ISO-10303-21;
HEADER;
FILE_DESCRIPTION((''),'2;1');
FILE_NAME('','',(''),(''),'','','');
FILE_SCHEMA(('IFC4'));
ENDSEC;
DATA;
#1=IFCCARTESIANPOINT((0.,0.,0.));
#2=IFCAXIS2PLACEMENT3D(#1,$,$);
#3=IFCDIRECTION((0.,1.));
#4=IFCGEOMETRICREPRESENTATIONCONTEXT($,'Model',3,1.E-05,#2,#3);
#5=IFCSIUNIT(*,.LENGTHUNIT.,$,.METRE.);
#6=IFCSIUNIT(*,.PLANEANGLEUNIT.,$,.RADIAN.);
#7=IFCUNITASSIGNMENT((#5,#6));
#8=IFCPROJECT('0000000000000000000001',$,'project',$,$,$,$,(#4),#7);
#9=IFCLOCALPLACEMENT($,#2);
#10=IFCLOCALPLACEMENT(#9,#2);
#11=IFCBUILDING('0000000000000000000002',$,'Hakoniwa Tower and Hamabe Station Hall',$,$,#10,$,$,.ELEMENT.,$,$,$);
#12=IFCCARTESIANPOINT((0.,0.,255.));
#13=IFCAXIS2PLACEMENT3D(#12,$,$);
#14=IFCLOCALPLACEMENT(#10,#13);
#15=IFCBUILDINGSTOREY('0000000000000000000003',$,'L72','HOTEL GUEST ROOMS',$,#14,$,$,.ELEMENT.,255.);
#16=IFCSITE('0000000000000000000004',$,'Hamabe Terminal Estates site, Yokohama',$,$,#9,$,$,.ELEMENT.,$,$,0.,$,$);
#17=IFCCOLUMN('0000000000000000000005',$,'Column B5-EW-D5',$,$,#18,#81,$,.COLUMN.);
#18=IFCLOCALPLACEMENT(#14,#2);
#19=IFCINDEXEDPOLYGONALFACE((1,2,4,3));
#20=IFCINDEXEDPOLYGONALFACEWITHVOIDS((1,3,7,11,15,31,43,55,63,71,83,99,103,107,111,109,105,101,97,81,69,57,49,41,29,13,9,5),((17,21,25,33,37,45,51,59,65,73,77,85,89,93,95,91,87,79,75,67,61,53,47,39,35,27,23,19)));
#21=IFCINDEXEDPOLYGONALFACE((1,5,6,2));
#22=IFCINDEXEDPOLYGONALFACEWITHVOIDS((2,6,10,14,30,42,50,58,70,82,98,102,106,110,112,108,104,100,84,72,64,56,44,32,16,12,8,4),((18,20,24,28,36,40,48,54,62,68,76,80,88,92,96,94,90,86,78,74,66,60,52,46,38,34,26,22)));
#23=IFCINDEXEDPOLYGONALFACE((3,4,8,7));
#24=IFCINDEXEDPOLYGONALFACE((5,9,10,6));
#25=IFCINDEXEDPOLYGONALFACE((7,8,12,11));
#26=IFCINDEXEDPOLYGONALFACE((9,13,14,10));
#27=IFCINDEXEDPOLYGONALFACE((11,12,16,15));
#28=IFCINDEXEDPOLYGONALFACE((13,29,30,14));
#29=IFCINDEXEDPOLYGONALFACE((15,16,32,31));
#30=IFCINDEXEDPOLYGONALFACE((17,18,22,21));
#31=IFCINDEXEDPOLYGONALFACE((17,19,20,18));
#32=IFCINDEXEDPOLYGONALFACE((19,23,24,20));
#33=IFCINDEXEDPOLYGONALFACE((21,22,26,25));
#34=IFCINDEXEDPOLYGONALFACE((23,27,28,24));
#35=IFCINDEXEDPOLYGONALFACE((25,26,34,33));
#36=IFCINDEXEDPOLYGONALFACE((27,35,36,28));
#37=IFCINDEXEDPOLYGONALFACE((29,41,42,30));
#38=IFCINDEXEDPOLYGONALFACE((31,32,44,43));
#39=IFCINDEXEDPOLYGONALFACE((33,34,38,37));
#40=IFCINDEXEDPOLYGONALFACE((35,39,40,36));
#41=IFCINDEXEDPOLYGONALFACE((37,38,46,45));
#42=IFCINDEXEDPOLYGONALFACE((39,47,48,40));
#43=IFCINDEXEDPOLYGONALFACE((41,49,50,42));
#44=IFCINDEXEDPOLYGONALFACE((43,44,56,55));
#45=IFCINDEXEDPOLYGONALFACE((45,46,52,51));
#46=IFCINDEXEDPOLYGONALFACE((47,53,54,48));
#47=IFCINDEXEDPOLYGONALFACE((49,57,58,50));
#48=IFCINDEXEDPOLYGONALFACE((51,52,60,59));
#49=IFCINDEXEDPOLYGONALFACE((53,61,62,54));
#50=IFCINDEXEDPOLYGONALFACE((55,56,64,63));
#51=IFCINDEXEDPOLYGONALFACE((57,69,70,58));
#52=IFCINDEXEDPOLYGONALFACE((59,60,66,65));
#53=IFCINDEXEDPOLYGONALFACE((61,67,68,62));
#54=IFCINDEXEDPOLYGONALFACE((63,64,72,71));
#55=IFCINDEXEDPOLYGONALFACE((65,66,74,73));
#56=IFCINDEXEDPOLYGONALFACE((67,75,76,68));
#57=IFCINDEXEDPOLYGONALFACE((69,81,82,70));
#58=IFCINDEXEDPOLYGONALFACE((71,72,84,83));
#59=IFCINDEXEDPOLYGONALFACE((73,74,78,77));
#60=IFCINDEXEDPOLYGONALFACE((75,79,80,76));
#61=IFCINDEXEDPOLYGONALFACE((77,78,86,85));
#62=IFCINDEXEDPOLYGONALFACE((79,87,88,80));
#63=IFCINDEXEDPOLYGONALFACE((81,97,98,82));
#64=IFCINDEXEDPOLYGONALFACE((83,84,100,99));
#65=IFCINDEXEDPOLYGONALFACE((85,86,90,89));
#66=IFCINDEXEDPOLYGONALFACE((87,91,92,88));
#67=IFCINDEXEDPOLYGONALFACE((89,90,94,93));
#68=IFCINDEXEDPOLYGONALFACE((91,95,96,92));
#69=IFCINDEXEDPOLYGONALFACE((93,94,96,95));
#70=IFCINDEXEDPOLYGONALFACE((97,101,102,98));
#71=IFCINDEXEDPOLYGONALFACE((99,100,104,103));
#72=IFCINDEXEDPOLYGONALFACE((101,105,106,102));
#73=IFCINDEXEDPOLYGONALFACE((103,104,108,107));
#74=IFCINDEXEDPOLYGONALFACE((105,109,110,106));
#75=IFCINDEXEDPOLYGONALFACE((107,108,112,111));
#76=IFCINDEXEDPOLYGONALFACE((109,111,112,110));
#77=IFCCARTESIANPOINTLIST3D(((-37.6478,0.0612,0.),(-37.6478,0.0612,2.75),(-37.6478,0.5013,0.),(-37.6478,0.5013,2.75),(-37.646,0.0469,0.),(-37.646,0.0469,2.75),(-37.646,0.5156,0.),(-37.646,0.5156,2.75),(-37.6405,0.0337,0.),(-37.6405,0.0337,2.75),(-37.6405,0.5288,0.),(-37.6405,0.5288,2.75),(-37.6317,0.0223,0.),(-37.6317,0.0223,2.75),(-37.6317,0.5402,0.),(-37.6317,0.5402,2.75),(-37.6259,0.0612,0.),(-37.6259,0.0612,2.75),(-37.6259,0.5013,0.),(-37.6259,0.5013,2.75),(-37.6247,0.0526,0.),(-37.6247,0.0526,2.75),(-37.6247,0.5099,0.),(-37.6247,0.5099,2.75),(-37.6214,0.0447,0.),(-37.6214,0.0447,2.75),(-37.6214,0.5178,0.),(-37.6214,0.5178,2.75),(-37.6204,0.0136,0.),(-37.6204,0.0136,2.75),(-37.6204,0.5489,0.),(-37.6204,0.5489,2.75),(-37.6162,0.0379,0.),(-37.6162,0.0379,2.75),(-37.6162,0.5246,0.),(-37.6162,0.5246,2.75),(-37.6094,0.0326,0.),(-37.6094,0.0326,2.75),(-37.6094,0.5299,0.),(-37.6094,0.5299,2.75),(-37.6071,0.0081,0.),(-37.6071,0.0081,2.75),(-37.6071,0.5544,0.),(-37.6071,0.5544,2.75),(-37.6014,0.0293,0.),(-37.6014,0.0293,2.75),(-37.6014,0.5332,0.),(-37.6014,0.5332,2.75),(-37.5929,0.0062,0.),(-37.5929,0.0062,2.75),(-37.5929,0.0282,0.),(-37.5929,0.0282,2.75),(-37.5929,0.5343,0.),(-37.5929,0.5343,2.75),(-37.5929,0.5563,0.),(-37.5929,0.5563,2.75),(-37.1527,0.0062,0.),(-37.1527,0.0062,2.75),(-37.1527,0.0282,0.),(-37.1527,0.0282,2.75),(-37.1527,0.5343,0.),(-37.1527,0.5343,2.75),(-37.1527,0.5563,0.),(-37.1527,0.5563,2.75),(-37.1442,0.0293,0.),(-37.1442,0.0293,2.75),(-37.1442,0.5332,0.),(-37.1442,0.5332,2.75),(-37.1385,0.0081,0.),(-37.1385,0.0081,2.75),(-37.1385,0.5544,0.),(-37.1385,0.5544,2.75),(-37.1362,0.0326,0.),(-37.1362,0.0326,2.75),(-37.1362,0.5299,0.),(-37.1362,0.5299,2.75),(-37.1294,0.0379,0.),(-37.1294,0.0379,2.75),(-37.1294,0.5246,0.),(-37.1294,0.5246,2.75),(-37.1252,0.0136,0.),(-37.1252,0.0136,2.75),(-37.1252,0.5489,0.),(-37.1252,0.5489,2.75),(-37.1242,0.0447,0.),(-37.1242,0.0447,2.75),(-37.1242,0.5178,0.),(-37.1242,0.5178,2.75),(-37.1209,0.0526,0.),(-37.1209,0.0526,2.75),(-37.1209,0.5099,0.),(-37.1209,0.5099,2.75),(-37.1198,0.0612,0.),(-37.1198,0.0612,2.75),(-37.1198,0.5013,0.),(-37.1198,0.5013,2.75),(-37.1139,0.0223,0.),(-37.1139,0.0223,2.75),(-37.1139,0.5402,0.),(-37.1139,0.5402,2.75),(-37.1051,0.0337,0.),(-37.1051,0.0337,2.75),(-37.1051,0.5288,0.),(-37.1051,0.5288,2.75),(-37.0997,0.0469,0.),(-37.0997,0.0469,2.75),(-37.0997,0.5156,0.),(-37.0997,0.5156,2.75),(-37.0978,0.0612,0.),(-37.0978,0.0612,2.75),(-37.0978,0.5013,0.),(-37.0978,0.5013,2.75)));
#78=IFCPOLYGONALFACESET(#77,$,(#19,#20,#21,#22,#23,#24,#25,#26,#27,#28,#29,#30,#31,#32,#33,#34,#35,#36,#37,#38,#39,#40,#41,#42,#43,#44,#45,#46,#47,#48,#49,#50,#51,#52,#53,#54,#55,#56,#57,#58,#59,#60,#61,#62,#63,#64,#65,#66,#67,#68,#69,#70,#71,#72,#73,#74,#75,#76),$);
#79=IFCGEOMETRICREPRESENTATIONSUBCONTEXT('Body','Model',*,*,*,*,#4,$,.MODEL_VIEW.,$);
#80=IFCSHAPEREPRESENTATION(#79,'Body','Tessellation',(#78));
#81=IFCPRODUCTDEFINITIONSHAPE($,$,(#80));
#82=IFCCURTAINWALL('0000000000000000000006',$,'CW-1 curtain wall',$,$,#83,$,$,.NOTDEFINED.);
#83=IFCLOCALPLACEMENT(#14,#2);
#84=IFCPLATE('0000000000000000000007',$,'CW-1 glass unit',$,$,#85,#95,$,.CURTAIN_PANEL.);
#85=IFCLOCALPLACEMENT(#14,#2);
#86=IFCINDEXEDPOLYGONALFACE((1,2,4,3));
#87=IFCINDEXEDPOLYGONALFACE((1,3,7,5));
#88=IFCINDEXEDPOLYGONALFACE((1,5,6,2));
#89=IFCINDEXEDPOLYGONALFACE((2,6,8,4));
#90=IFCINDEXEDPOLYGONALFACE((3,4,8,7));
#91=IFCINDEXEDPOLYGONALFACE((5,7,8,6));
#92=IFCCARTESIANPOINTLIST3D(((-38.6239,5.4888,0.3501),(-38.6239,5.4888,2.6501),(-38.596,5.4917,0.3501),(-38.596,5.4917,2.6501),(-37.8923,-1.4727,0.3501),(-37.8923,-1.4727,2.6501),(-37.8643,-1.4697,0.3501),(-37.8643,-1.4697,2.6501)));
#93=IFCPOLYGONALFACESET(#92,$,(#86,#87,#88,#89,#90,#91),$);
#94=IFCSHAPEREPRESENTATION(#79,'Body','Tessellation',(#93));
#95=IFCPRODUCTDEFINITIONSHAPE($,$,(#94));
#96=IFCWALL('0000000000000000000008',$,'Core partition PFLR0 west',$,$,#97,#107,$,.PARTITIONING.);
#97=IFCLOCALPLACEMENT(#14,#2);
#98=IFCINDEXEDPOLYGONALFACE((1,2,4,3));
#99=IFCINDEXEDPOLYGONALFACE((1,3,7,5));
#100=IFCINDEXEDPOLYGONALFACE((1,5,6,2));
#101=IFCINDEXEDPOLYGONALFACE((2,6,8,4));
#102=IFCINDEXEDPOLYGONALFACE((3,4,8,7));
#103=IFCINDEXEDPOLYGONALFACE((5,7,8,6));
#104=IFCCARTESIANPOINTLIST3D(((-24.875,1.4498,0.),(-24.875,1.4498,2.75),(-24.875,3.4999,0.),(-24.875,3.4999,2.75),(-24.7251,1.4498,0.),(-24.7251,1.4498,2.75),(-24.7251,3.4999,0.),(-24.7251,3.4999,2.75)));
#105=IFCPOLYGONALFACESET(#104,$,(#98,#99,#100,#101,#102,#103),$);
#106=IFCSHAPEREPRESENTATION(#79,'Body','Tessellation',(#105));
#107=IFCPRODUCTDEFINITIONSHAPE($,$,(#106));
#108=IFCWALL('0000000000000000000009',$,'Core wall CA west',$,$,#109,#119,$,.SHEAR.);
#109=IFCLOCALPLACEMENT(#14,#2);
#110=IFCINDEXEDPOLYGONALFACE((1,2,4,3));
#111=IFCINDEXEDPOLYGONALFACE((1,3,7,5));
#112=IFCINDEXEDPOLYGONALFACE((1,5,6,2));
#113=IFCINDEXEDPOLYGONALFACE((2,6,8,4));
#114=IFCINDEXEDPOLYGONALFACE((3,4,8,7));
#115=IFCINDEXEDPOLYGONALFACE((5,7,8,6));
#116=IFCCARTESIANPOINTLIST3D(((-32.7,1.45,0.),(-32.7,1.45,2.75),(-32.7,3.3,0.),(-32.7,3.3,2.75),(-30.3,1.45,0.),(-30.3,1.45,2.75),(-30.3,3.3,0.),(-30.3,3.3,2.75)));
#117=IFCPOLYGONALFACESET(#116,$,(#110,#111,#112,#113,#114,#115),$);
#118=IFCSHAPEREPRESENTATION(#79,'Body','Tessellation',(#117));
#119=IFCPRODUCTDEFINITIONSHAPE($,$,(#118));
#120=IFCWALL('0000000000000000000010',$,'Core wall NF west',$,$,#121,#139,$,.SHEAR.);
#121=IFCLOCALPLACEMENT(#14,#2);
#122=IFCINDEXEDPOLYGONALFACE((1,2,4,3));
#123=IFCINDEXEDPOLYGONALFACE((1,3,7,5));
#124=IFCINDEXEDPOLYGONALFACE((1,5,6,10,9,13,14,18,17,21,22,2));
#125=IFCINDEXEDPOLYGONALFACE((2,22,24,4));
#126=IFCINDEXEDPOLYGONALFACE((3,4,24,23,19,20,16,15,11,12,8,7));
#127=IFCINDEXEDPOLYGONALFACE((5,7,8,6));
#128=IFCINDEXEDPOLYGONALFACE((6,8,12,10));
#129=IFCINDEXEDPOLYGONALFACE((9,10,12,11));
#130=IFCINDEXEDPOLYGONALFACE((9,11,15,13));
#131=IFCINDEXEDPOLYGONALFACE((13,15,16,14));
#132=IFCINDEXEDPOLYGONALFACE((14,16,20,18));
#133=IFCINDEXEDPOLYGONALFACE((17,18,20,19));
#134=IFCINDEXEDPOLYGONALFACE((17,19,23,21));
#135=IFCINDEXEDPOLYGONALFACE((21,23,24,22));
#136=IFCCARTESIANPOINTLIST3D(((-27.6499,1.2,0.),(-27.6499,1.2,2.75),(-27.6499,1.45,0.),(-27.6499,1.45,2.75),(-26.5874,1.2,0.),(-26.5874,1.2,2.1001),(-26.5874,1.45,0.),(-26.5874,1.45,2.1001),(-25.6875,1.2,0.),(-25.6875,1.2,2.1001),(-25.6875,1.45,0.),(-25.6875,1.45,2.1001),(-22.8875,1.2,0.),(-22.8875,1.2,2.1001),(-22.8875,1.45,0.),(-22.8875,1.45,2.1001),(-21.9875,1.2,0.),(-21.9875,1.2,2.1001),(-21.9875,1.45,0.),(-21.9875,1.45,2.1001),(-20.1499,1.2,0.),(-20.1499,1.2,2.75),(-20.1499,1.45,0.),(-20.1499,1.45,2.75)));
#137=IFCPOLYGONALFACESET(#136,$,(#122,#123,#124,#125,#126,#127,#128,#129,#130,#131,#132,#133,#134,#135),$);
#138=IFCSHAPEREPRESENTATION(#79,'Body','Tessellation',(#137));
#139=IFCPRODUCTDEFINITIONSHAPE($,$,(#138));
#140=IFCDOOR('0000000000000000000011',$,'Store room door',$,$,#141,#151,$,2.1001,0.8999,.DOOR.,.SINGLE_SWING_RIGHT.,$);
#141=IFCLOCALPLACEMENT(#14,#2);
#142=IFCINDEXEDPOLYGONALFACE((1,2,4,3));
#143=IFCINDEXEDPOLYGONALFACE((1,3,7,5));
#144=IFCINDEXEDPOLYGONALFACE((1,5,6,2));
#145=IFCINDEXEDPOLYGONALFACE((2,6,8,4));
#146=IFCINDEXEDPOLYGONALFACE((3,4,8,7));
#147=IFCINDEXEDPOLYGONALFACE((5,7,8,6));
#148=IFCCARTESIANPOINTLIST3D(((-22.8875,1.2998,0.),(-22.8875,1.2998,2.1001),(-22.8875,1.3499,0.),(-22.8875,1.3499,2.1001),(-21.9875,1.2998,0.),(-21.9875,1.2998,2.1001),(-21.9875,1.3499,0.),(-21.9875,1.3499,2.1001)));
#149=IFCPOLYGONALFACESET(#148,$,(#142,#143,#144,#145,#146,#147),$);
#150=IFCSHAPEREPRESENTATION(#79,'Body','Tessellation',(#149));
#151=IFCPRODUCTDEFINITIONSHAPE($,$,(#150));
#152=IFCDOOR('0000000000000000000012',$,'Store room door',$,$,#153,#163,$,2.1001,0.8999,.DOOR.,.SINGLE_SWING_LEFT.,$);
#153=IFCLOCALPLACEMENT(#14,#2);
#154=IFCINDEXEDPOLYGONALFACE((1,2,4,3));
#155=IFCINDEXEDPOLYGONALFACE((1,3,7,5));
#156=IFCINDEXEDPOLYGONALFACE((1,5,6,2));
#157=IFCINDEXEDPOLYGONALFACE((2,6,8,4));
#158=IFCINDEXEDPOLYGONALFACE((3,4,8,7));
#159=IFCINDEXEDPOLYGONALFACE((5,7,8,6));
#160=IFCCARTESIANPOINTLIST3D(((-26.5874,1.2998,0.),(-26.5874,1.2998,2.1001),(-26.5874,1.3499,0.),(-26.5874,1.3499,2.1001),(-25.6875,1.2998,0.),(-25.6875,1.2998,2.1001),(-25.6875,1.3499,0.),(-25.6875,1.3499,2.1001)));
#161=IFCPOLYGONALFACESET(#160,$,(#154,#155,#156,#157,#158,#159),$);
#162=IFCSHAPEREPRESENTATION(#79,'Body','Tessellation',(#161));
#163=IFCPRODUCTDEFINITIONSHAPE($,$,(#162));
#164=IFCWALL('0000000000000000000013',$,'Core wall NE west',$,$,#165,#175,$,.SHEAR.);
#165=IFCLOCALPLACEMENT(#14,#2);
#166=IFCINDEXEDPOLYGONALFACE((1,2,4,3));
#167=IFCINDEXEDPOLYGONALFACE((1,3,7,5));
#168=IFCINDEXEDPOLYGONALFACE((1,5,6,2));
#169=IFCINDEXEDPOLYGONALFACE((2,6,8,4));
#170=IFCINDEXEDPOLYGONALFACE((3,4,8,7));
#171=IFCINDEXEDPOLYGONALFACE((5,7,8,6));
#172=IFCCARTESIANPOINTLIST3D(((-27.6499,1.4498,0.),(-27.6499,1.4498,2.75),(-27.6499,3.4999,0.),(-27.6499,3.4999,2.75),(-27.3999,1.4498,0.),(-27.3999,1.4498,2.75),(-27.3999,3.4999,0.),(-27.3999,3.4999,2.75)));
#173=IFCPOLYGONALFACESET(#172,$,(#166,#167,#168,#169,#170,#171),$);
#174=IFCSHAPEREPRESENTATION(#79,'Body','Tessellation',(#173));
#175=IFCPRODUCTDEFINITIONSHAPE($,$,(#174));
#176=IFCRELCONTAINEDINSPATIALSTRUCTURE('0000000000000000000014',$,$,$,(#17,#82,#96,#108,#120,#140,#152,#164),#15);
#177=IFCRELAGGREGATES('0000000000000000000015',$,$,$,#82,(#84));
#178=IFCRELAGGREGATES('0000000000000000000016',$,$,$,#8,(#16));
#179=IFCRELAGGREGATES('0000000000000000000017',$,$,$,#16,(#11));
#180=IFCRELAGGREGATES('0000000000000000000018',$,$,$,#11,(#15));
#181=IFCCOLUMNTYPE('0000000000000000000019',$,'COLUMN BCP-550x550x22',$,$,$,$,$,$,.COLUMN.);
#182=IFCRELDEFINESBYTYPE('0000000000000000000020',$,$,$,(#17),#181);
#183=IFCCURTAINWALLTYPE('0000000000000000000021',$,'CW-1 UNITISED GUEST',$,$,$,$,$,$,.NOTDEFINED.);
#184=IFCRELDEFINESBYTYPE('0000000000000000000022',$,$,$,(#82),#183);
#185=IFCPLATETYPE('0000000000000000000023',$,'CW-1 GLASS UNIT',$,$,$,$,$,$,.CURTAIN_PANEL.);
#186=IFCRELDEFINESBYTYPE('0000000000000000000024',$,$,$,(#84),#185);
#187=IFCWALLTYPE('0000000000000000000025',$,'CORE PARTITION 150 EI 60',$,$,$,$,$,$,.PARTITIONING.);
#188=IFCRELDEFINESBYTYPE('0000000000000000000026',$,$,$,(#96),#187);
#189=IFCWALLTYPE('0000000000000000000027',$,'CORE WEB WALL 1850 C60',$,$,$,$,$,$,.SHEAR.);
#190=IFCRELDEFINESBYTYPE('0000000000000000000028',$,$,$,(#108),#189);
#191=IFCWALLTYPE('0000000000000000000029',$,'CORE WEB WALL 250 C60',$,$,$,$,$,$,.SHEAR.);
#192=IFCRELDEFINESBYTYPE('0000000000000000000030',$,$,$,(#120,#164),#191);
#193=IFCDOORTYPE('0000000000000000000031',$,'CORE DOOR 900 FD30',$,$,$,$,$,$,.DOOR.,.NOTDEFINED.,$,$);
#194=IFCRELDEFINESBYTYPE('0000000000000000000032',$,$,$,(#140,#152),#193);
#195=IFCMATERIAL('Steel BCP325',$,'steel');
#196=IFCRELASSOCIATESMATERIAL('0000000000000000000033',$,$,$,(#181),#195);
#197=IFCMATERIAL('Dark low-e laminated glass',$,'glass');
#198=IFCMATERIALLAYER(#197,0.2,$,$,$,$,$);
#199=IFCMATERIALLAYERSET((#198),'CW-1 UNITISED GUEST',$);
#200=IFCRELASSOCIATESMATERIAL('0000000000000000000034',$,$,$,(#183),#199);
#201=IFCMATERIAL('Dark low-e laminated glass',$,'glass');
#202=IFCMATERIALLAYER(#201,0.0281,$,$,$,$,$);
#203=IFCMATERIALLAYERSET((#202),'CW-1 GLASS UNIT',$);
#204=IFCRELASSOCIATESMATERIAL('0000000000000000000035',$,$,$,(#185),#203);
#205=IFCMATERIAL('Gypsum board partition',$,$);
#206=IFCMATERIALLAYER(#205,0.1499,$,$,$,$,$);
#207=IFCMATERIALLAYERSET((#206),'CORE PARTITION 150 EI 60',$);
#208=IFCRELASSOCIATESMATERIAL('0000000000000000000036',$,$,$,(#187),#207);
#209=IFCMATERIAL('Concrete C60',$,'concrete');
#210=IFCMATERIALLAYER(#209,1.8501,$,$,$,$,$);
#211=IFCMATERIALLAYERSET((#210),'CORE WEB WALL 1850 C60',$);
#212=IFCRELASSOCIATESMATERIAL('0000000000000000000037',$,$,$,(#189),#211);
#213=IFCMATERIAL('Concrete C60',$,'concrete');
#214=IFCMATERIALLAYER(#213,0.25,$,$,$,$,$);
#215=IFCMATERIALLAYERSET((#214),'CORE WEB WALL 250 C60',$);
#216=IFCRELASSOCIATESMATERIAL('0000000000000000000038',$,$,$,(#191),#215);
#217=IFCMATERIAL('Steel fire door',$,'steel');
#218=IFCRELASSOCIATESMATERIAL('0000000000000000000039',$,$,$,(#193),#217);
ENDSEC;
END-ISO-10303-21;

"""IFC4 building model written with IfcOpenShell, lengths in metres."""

from ifc_helpers import new_model, si_unit, direction, frame, frame_2d, origin, origin_2d, place, context, subcontext, project, spatial, rectangle, hollow_rectangle, extrude, material, layer, layer_set, material_profile, profile_set, type_object, element, fill, aggregate, save


model = new_model("IFC4")

# Units and contexts
model_context = context("Model", 3, precision=1e-05, world=origin(), true_north=direction((0.0, 1.0)))
body_context = subcontext(model_context, "Body", "Model", "MODEL_VIEW")
ifc_project = project(units=[si_unit("LENGTHUNIT", "METRE"), si_unit("PLANEANGLEUNIT", "RADIAN")], contexts=[model_context])

# Site, building, storey
site_placement = place(None, origin())
site = spatial("IfcSite", under=ifc_project, at=site_placement, Name="Hamabe Terminal Estates site, Yokohama", CompositionType="ELEMENT", RefElevation=0.0)
building_placement = place(site_placement, origin())
building = spatial("IfcBuilding", under=site, at=building_placement, Name="Hakoniwa Tower and Hamabe Station Hall", CompositionType="ELEMENT")
storey_placement = place(building_placement, frame((0.0, 0.0, 255.0)))
storey = spatial("IfcBuildingStorey", under=building, at=storey_placement, Name="L72", Description="HOTEL GUEST ROOMS", CompositionType="ELEMENT", Elevation=255.0)

# Column
ifc_material_1 = material(Name="Steel BCP325", Category="steel")
ifc_material_profile = material_profile(ifc_material_1, hollow_rectangle(XDim=0.55, YDim=0.55, WallThickness=0.022, InnerFilletRadius=0.033, OuterFilletRadius=0.0549, at=origin_2d()), Name="BCP-550x550x22")
ifc_profile_set = profile_set([ifc_material_profile], Name="Steel BCP325")
column_type = type_object("IfcColumnType", Name="COLUMN BCP-550x550x22", PredefinedType="COLUMN", material=ifc_profile_set)
column_placement = place(storey_placement, frame((-37.3728, 0.2812, 0.0), z_axis=(0.0, 0.0, 1.0), x_axis=(1.0, 0.0, 0.0)))
element("IfcColumn", 1, at=column_placement, inside=storey, type_object=column_type, Name="Column B5-EW-D5", PredefinedType="COLUMN", context=body_context, shape_type="SweptSolid", body=[
    extrude(hollow_rectangle(XDim=0.55, YDim=0.55, WallThickness=0.022, InnerFilletRadius=0.033, OuterFilletRadius=0.0549, at=origin_2d()), origin(), (0.0, 0.0, 1.0), 2.75),
])

# Curtain wall, plate
ifc_material_2 = material(Name="Dark low-e laminated glass", Category="glass")
ifc_layer_1 = layer(ifc_material_2, 0.2)
ifc_layer_set_1 = layer_set([ifc_layer_1], Name="CW-1 UNITISED GUEST")
curtain_wall_type = type_object("IfcCurtainWallType", Name="CW-1 UNITISED GUEST", PredefinedType="NOTDEFINED", material=ifc_layer_set_1)
curtain_wall_placement = place(storey_placement, origin())
curtain_wall = element("IfcCurtainWall", 2, at=curtain_wall_placement, inside=storey, type_object=curtain_wall_type, Name="CW-1 curtain wall", PredefinedType="NOTDEFINED")
ifc_material_3 = material(Name="Dark low-e laminated glass", Category="glass")
ifc_layer_2 = layer(ifc_material_3, 0.0281)
ifc_layer_set_2 = layer_set([ifc_layer_2], Name="CW-1 GLASS UNIT")
plate_type = type_object("IfcPlateType", Name="CW-1 GLASS UNIT", PredefinedType="CURTAIN_PANEL", material=ifc_layer_set_2)
plate_placement = place(storey_placement, frame((-38.2441, 2.0095, 0.3501), z_axis=(0.0, 0.0, 1.0), x_axis=(0.104528, -0.994522, 0.0)))
plate = element("IfcPlate", 3, at=plate_placement, type_object=plate_type, Name="CW-1 glass unit", PredefinedType="CURTAIN_PANEL", context=body_context, shape_type="SweptSolid", body=[
    extrude(rectangle(XDim=6.9998, YDim=0.0281, at=origin_2d()), origin(), (0.0, 0.0, 1.0), 2.3),
])
aggregate(curtain_wall, [plate])

# Walls
ifc_material_4 = material(Name="Gypsum board partition")
ifc_layer_3 = layer(ifc_material_4, 0.1499)
ifc_layer_set_3 = layer_set([ifc_layer_3], Name="CORE PARTITION 150 EI 60")
wall_type_1 = type_object("IfcWallType", Name="CORE PARTITION 150 EI 60", PredefinedType="PARTITIONING", material=ifc_layer_set_3)
wall_1_placement = place(storey_placement, frame((-24.8, 1.45, 0.0), z_axis=(0.0, 0.0, 1.0), x_axis=(0.0, 1.0, 0.0)))
element("IfcWall", 4, at=wall_1_placement, inside=storey, type_object=wall_type_1, Name="Core partition PFLR0 west", PredefinedType="PARTITIONING", context=body_context, shape_type="SweptSolid", body=[
    extrude(rectangle(XDim=2.05, YDim=0.1499, at=frame_2d((1.0249, 0.0))), origin(), (0.0, 0.0, 1.0), 2.75),
])
ifc_material_5 = material(Name="Concrete C60", Category="concrete")
ifc_layer_4 = layer(ifc_material_5, 1.8501)
ifc_layer_set_4 = layer_set([ifc_layer_4], Name="CORE WEB WALL 1850 C60")
wall_type_2 = type_object("IfcWallType", Name="CORE WEB WALL 1850 C60", PredefinedType="SHEAR", material=ifc_layer_set_4)
wall_2_placement = place(storey_placement, frame((-32.7, 2.375, 0.0), z_axis=(0.0, 0.0, 1.0), x_axis=(1.0, 0.0, 0.0)))
element("IfcWall", 5, at=wall_2_placement, inside=storey, type_object=wall_type_2, Name="Core wall CA west", PredefinedType="SHEAR", context=body_context, shape_type="SweptSolid", body=[
    extrude(rectangle(XDim=2.3999, YDim=1.8501, at=frame_2d((1.2, 0.0))), origin(), (0.0, 0.0, 1.0), 2.75),
])

# Wall, openings, doors
ifc_material_6 = material(Name="Concrete C60", Category="concrete")
ifc_layer_5 = layer(ifc_material_6, 0.25)
ifc_layer_set_5 = layer_set([ifc_layer_5], Name="CORE WEB WALL 250 C60")
wall_type_3 = type_object("IfcWallType", Name="CORE WEB WALL 250 C60", PredefinedType="SHEAR", material=ifc_layer_set_5)
wall_3_placement = place(storey_placement, frame((-27.6499, 1.325, 0.0), z_axis=(0.0, 0.0, 1.0), x_axis=(1.0, 0.0, 0.0)))
wall_3 = element("IfcWall", 6, at=wall_3_placement, inside=storey, type_object=wall_type_3, Name="Core wall NF west", PredefinedType="SHEAR", context=body_context, shape_type="SweptSolid", body=[
    extrude(rectangle(XDim=7.5, YDim=0.25, at=frame_2d((3.75, 0.0))), origin(), (0.0, 0.0, 1.0), 2.75),
])
opening_1_placement = place(wall_3_placement, frame((4.7625, 0.0, 0.0)))
opening_1 = element("IfcOpeningElement", 7, at=opening_1_placement, cuts=wall_3, PredefinedType="OPENING", context=body_context, shape_type="SweptSolid", body=[
    extrude(rectangle(XDim=0.8999, YDim=2.1001, at=frame_2d((0.45, 1.05))), frame((0.0, 0.135, 0.0), z_axis=(0.0, -1.0, 0.0), x_axis=(1.0, 0.0, 0.0)), (0.0, 0.0, 1.0), 0.27),
])
opening_2_placement = place(wall_3_placement, frame((1.0625, 0.0, 0.0)))
opening_2 = element("IfcOpeningElement", 8, at=opening_2_placement, cuts=wall_3, PredefinedType="OPENING", context=body_context, shape_type="SweptSolid", body=[
    extrude(rectangle(XDim=0.8999, YDim=2.1001, at=frame_2d((0.45, 1.05))), frame((0.0, 0.135, 0.0), z_axis=(0.0, -1.0, 0.0), x_axis=(1.0, 0.0, 0.0)), (0.0, 0.0, 1.0), 0.27),
])
ifc_material_7 = material(Name="Steel fire door", Category="steel")
door_type_1 = type_object("IfcDoorType", Name="CORE DOOR 900 FD30", OperationType="NOTDEFINED", PredefinedType="DOOR", material=ifc_material_7)
door_1_placement = place(opening_1_placement, origin())
door_1 = element("IfcDoor", 9, at=door_1_placement, inside=storey, type_object=door_type_1, Name="Store room door", OperationType="SINGLE_SWING_RIGHT", OverallHeight=2.1001, OverallWidth=0.8999, PredefinedType="DOOR", context=body_context, shape_type="SweptSolid", body=[
    extrude(rectangle(XDim=0.8999, YDim=2.1001, at=frame_2d((0.45, 1.05))), frame((0.0, 0.0249, 0.0), z_axis=(0.0, -1.0, 0.0), x_axis=(1.0, 0.0, 0.0)), (0.0, 0.0, 1.0), 0.05),
])
fill(opening_1, door_1)
door_2_placement = place(opening_2_placement, origin())
door_2 = element("IfcDoor", 10, at=door_2_placement, inside=storey, type_object=door_type_1, Name="Store room door", OperationType="SINGLE_SWING_LEFT", OverallHeight=2.1001, OverallWidth=0.8999, PredefinedType="DOOR", context=body_context, shape_type="SweptSolid", body=[
    extrude(rectangle(XDim=0.8999, YDim=2.1001, at=frame_2d((0.45, 1.05))), frame((0.0, 0.0249, 0.0), z_axis=(0.0, -1.0, 0.0), x_axis=(1.0, 0.0, 0.0)), (0.0, 0.0, 1.0), 0.05),
])
fill(opening_2, door_2)

# Wall
wall_4_placement = place(storey_placement, frame((-27.5249, 1.45, 0.0), z_axis=(0.0, 0.0, 1.0), x_axis=(0.0, 1.0, 0.0)))
element("IfcWall", 11, at=wall_4_placement, inside=storey, type_object=wall_type_3, Name="Core wall NE west", PredefinedType="SHEAR", context=body_context, shape_type="SweptSolid", body=[
    extrude(rectangle(XDim=2.05, YDim=0.25, at=frame_2d((1.0249, 0.0))), origin(), (0.0, 0.0, 1.0), 2.75),
])

save(model, "model.ifc")
